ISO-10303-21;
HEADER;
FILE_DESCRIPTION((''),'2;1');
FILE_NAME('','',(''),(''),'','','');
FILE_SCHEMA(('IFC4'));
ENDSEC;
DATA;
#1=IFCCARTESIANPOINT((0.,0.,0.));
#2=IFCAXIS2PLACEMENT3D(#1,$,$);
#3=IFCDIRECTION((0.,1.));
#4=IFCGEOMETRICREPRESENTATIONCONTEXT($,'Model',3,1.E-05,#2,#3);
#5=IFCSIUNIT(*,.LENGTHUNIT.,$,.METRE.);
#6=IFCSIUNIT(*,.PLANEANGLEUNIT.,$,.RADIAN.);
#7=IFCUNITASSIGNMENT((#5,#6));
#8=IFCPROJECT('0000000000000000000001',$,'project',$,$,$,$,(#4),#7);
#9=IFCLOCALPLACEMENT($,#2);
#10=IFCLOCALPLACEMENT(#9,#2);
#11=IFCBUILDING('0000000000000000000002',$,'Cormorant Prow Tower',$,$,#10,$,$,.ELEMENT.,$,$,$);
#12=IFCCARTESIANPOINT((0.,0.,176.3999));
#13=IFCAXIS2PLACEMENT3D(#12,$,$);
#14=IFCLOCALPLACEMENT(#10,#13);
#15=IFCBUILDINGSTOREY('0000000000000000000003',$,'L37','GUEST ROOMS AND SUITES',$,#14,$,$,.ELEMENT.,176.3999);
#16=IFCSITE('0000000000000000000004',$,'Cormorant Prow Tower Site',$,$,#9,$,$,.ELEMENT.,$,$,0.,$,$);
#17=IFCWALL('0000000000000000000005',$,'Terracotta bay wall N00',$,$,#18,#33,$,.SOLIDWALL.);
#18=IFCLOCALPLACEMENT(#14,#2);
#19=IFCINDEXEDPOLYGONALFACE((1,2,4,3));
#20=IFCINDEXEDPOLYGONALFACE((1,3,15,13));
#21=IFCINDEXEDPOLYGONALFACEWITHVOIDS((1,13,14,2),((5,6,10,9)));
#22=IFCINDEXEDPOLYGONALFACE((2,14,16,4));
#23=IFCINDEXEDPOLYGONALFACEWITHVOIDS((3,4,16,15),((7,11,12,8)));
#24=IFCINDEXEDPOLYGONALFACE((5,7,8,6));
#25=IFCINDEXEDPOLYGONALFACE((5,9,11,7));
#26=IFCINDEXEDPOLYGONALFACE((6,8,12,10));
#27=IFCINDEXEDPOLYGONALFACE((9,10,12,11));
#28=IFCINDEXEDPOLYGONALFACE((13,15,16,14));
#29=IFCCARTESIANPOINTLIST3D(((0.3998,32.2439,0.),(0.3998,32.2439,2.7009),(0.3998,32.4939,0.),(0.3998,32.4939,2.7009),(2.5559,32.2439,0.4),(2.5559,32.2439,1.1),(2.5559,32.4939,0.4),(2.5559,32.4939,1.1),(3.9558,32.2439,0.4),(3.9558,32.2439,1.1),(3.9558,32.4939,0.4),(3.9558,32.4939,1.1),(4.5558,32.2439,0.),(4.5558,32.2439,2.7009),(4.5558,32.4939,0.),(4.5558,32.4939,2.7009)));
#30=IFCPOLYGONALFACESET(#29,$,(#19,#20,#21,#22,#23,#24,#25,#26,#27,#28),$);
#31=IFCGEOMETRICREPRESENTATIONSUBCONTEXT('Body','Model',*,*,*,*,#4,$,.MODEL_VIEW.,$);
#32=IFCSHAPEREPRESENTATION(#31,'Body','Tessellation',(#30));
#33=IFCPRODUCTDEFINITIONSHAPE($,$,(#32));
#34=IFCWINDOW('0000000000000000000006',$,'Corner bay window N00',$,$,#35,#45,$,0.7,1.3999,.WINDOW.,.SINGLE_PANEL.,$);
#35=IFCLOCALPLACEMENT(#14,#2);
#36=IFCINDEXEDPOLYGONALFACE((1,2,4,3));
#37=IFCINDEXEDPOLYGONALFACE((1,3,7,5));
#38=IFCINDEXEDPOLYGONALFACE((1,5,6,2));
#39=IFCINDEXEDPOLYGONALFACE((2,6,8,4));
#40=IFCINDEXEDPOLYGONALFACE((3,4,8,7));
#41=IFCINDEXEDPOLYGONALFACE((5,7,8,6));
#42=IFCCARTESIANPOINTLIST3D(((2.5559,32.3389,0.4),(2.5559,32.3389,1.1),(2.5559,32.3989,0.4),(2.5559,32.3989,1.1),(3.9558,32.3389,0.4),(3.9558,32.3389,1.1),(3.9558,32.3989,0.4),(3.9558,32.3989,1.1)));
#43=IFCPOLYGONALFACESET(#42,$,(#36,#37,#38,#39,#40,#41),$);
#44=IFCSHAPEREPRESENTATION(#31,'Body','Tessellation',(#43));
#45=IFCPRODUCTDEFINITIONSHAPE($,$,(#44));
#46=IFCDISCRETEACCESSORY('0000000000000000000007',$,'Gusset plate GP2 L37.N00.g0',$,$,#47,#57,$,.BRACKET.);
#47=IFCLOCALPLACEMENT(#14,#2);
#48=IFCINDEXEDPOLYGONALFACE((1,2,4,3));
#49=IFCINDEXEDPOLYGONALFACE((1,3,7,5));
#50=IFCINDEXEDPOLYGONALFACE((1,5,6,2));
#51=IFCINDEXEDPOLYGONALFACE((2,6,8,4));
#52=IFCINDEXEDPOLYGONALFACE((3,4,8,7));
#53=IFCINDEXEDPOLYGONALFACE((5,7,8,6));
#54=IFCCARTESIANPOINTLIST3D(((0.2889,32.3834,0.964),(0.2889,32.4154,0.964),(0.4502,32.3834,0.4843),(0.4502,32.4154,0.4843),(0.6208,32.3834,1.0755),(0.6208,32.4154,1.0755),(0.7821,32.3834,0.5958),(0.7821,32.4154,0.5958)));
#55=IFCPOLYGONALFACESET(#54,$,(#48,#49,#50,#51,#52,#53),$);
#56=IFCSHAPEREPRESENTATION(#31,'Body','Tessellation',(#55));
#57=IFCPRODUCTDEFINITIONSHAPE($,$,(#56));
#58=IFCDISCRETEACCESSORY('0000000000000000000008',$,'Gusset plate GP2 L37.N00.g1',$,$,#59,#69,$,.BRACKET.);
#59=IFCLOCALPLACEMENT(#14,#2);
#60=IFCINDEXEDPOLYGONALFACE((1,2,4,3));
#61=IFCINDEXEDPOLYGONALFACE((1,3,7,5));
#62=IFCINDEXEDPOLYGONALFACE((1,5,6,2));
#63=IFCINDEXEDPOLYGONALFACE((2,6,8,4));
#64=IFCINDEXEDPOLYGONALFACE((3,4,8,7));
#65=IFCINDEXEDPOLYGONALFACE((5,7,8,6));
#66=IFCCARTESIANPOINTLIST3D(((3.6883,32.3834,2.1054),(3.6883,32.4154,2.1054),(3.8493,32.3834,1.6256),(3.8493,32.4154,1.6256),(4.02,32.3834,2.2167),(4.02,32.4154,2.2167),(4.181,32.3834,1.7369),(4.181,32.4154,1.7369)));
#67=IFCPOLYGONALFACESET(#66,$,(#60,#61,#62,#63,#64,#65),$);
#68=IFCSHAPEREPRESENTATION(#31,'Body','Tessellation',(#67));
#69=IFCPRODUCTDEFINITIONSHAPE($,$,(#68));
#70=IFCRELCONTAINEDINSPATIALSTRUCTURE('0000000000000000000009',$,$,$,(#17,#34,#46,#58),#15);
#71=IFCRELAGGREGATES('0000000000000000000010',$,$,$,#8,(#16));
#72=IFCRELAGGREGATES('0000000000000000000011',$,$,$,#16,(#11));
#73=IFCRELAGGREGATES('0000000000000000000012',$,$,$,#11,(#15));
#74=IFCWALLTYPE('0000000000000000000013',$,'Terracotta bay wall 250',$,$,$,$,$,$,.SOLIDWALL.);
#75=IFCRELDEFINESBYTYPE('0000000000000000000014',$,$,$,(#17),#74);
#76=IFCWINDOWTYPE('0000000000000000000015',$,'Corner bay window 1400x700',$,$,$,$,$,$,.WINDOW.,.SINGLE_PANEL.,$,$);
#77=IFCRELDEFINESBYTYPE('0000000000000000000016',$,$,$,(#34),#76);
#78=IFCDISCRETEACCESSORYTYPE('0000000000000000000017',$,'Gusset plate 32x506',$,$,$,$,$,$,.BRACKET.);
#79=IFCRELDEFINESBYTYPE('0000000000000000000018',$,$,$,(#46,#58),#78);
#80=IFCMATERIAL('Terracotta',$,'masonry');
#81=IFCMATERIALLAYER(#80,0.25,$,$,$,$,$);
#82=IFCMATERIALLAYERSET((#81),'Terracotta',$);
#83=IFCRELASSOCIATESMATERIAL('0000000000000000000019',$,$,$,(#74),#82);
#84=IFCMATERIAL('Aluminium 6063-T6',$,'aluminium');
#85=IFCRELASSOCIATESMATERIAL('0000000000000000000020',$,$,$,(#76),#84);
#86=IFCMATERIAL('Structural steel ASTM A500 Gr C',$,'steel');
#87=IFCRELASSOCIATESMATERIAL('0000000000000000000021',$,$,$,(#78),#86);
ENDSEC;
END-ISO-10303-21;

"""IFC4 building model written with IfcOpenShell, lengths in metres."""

from ifc_helpers import new_model, si_unit, direction, frame, frame_2d, origin, origin_2d, place, context, subcontext, project, spatial, rectangle, extrude, material, layer, layer_set, material_profile, profile_set, type_object, element, fill, save


model = new_model("IFC4")

# Units and contexts
model_context = context("Model", 3, precision=1e-05, world=origin(), true_north=direction((0.0, 1.0)))
body_context = subcontext(model_context, "Body", "Model", "MODEL_VIEW")
ifc_project = project(units=[si_unit("LENGTHUNIT", "METRE"), si_unit("PLANEANGLEUNIT", "RADIAN")], contexts=[model_context])

# Site, building, storey
site_placement = place(None, origin())
site = spatial("IfcSite", under=ifc_project, at=site_placement, Name="Cormorant Prow Tower Site", CompositionType="ELEMENT", RefElevation=0.0)
building_placement = place(site_placement, origin())
building = spatial("IfcBuilding", under=site, at=building_placement, Name="Cormorant Prow Tower", CompositionType="ELEMENT")
storey_placement = place(building_placement, frame((0.0, 0.0, 176.3999)))
storey = spatial("IfcBuildingStorey", under=building, at=storey_placement, Name="L37", Description="GUEST ROOMS AND SUITES", CompositionType="ELEMENT", Elevation=176.3999)

# Wall, opening, window
ifc_material_1 = material(Name="Terracotta", Category="masonry")
ifc_layer_1 = layer(ifc_material_1, 0.25)
ifc_layer_set_1 = layer_set([ifc_layer_1], Name="Terracotta")
wall_type_1 = type_object("IfcWallType", Name="Terracotta bay wall 250", PredefinedType="SOLIDWALL", material=ifc_layer_set_1)
wall_1_placement = place(storey_placement, frame((4.5559, 32.3689, 0.0), z_axis=(0.0, 0.0, 1.0), x_axis=(-1.0, 0.0, 0.0)))
wall_1 = element("IfcWall", 1, at=wall_1_placement, inside=storey, type_object=wall_type_1, Name="Terracotta bay wall N00", PredefinedType="SOLIDWALL", context=body_context, shape_type="SweptSolid", body=[
    extrude(rectangle(XDim=4.156, YDim=0.25, at=frame_2d((2.0781, 0.0))), origin(), (0.0, 0.0, 1.0), 2.7009),
])
opening_1_placement = place(wall_1_placement, frame((0.6001, 0.0, 0.3999)))
opening_1 = element("IfcOpeningElement", 2, at=opening_1_placement, cuts=wall_1, PredefinedType="OPENING", context=body_context, shape_type="SweptSolid", body=[
    extrude(rectangle(XDim=1.3999, YDim=0.7, at=frame_2d((0.7, 0.3501))), frame((0.0, 0.135, 0.0), z_axis=(0.0, -1.0, 0.0), x_axis=(1.0, 0.0, 0.0)), (0.0, 0.0, 1.0), 0.27),
])
ifc_material_2 = material(Name="Aluminium 6063-T6", Category="aluminium")
window_type = type_object("IfcWindowType", Name="Corner bay window 1400x700", PartitioningType="SINGLE_PANEL", PredefinedType="WINDOW", material=ifc_material_2)
window_placement = place(opening_1_placement, origin())
window = element("IfcWindow", 3, at=window_placement, inside=storey, type_object=window_type, Name="Corner bay window N00", OverallHeight=0.7, OverallWidth=1.3999, PartitioningType="SINGLE_PANEL", PredefinedType="WINDOW", context=body_context, shape_type="SweptSolid", body=[
    extrude(rectangle(XDim=1.3999, YDim=0.7, at=frame_2d((0.7, 0.3501))), frame((0.0, 0.03, 0.0), z_axis=(0.0, -1.0, 0.0), x_axis=(1.0, 0.0, 0.0)), (0.0, 0.0, 1.0), 0.0601),
])
fill(opening_1, window)

# Discrete accessories
ifc_material_3 = material(Name="Structural steel ASTM A500 Gr C", Category="steel")
ifc_material_profile_1 = material_profile(ifc_material_3, rectangle(XDim=0.032, YDim=0.5061, at=origin_2d()), Name="Gusset plate 32x506")
ifc_profile_set_1 = profile_set([ifc_material_profile_1], Name="Structural steel ASTM A500 Gr C")
discrete_accessory_type = type_object("IfcDiscreteAccessoryType", Name="Gusset plate 32x506", PredefinedType="BRACKET", material=ifc_profile_set_1)
discrete_accessory_1_placement = place(storey_placement, frame((0.7014, 32.3994, 0.8357), z_axis=(-0.947843, 0.0, -0.318738), x_axis=(0.0, -1.0, 0.0)))
element("IfcDiscreteAccessory", 4, at=discrete_accessory_1_placement, inside=storey, type_object=discrete_accessory_type, Name="Gusset plate GP2 L37.N00.g0", PredefinedType="BRACKET", context=body_context, shape_type="SweptSolid", body=[
    extrude(rectangle(XDim=0.032, YDim=0.5061, at=origin_2d()), origin(), (0.0, 0.0, 1.0), 0.3501),
])
discrete_accessory_2_placement = place(storey_placement, frame((3.7688, 32.3994, 1.8655), z_axis=(0.948054, 0.0, 0.318111), x_axis=(0.0, 1.0, 0.0)))
element("IfcDiscreteAccessory", 5, at=discrete_accessory_2_placement, inside=storey, type_object=discrete_accessory_type, Name="Gusset plate GP2 L37.N00.g1", PredefinedType="BRACKET", context=body_context, shape_type="SweptSolid", body=[
    extrude(rectangle(XDim=0.032, YDim=0.5061, at=origin_2d()), origin(), (0.0, 0.0, 1.0), 0.3499),
])

save(model, "model.ifc")
